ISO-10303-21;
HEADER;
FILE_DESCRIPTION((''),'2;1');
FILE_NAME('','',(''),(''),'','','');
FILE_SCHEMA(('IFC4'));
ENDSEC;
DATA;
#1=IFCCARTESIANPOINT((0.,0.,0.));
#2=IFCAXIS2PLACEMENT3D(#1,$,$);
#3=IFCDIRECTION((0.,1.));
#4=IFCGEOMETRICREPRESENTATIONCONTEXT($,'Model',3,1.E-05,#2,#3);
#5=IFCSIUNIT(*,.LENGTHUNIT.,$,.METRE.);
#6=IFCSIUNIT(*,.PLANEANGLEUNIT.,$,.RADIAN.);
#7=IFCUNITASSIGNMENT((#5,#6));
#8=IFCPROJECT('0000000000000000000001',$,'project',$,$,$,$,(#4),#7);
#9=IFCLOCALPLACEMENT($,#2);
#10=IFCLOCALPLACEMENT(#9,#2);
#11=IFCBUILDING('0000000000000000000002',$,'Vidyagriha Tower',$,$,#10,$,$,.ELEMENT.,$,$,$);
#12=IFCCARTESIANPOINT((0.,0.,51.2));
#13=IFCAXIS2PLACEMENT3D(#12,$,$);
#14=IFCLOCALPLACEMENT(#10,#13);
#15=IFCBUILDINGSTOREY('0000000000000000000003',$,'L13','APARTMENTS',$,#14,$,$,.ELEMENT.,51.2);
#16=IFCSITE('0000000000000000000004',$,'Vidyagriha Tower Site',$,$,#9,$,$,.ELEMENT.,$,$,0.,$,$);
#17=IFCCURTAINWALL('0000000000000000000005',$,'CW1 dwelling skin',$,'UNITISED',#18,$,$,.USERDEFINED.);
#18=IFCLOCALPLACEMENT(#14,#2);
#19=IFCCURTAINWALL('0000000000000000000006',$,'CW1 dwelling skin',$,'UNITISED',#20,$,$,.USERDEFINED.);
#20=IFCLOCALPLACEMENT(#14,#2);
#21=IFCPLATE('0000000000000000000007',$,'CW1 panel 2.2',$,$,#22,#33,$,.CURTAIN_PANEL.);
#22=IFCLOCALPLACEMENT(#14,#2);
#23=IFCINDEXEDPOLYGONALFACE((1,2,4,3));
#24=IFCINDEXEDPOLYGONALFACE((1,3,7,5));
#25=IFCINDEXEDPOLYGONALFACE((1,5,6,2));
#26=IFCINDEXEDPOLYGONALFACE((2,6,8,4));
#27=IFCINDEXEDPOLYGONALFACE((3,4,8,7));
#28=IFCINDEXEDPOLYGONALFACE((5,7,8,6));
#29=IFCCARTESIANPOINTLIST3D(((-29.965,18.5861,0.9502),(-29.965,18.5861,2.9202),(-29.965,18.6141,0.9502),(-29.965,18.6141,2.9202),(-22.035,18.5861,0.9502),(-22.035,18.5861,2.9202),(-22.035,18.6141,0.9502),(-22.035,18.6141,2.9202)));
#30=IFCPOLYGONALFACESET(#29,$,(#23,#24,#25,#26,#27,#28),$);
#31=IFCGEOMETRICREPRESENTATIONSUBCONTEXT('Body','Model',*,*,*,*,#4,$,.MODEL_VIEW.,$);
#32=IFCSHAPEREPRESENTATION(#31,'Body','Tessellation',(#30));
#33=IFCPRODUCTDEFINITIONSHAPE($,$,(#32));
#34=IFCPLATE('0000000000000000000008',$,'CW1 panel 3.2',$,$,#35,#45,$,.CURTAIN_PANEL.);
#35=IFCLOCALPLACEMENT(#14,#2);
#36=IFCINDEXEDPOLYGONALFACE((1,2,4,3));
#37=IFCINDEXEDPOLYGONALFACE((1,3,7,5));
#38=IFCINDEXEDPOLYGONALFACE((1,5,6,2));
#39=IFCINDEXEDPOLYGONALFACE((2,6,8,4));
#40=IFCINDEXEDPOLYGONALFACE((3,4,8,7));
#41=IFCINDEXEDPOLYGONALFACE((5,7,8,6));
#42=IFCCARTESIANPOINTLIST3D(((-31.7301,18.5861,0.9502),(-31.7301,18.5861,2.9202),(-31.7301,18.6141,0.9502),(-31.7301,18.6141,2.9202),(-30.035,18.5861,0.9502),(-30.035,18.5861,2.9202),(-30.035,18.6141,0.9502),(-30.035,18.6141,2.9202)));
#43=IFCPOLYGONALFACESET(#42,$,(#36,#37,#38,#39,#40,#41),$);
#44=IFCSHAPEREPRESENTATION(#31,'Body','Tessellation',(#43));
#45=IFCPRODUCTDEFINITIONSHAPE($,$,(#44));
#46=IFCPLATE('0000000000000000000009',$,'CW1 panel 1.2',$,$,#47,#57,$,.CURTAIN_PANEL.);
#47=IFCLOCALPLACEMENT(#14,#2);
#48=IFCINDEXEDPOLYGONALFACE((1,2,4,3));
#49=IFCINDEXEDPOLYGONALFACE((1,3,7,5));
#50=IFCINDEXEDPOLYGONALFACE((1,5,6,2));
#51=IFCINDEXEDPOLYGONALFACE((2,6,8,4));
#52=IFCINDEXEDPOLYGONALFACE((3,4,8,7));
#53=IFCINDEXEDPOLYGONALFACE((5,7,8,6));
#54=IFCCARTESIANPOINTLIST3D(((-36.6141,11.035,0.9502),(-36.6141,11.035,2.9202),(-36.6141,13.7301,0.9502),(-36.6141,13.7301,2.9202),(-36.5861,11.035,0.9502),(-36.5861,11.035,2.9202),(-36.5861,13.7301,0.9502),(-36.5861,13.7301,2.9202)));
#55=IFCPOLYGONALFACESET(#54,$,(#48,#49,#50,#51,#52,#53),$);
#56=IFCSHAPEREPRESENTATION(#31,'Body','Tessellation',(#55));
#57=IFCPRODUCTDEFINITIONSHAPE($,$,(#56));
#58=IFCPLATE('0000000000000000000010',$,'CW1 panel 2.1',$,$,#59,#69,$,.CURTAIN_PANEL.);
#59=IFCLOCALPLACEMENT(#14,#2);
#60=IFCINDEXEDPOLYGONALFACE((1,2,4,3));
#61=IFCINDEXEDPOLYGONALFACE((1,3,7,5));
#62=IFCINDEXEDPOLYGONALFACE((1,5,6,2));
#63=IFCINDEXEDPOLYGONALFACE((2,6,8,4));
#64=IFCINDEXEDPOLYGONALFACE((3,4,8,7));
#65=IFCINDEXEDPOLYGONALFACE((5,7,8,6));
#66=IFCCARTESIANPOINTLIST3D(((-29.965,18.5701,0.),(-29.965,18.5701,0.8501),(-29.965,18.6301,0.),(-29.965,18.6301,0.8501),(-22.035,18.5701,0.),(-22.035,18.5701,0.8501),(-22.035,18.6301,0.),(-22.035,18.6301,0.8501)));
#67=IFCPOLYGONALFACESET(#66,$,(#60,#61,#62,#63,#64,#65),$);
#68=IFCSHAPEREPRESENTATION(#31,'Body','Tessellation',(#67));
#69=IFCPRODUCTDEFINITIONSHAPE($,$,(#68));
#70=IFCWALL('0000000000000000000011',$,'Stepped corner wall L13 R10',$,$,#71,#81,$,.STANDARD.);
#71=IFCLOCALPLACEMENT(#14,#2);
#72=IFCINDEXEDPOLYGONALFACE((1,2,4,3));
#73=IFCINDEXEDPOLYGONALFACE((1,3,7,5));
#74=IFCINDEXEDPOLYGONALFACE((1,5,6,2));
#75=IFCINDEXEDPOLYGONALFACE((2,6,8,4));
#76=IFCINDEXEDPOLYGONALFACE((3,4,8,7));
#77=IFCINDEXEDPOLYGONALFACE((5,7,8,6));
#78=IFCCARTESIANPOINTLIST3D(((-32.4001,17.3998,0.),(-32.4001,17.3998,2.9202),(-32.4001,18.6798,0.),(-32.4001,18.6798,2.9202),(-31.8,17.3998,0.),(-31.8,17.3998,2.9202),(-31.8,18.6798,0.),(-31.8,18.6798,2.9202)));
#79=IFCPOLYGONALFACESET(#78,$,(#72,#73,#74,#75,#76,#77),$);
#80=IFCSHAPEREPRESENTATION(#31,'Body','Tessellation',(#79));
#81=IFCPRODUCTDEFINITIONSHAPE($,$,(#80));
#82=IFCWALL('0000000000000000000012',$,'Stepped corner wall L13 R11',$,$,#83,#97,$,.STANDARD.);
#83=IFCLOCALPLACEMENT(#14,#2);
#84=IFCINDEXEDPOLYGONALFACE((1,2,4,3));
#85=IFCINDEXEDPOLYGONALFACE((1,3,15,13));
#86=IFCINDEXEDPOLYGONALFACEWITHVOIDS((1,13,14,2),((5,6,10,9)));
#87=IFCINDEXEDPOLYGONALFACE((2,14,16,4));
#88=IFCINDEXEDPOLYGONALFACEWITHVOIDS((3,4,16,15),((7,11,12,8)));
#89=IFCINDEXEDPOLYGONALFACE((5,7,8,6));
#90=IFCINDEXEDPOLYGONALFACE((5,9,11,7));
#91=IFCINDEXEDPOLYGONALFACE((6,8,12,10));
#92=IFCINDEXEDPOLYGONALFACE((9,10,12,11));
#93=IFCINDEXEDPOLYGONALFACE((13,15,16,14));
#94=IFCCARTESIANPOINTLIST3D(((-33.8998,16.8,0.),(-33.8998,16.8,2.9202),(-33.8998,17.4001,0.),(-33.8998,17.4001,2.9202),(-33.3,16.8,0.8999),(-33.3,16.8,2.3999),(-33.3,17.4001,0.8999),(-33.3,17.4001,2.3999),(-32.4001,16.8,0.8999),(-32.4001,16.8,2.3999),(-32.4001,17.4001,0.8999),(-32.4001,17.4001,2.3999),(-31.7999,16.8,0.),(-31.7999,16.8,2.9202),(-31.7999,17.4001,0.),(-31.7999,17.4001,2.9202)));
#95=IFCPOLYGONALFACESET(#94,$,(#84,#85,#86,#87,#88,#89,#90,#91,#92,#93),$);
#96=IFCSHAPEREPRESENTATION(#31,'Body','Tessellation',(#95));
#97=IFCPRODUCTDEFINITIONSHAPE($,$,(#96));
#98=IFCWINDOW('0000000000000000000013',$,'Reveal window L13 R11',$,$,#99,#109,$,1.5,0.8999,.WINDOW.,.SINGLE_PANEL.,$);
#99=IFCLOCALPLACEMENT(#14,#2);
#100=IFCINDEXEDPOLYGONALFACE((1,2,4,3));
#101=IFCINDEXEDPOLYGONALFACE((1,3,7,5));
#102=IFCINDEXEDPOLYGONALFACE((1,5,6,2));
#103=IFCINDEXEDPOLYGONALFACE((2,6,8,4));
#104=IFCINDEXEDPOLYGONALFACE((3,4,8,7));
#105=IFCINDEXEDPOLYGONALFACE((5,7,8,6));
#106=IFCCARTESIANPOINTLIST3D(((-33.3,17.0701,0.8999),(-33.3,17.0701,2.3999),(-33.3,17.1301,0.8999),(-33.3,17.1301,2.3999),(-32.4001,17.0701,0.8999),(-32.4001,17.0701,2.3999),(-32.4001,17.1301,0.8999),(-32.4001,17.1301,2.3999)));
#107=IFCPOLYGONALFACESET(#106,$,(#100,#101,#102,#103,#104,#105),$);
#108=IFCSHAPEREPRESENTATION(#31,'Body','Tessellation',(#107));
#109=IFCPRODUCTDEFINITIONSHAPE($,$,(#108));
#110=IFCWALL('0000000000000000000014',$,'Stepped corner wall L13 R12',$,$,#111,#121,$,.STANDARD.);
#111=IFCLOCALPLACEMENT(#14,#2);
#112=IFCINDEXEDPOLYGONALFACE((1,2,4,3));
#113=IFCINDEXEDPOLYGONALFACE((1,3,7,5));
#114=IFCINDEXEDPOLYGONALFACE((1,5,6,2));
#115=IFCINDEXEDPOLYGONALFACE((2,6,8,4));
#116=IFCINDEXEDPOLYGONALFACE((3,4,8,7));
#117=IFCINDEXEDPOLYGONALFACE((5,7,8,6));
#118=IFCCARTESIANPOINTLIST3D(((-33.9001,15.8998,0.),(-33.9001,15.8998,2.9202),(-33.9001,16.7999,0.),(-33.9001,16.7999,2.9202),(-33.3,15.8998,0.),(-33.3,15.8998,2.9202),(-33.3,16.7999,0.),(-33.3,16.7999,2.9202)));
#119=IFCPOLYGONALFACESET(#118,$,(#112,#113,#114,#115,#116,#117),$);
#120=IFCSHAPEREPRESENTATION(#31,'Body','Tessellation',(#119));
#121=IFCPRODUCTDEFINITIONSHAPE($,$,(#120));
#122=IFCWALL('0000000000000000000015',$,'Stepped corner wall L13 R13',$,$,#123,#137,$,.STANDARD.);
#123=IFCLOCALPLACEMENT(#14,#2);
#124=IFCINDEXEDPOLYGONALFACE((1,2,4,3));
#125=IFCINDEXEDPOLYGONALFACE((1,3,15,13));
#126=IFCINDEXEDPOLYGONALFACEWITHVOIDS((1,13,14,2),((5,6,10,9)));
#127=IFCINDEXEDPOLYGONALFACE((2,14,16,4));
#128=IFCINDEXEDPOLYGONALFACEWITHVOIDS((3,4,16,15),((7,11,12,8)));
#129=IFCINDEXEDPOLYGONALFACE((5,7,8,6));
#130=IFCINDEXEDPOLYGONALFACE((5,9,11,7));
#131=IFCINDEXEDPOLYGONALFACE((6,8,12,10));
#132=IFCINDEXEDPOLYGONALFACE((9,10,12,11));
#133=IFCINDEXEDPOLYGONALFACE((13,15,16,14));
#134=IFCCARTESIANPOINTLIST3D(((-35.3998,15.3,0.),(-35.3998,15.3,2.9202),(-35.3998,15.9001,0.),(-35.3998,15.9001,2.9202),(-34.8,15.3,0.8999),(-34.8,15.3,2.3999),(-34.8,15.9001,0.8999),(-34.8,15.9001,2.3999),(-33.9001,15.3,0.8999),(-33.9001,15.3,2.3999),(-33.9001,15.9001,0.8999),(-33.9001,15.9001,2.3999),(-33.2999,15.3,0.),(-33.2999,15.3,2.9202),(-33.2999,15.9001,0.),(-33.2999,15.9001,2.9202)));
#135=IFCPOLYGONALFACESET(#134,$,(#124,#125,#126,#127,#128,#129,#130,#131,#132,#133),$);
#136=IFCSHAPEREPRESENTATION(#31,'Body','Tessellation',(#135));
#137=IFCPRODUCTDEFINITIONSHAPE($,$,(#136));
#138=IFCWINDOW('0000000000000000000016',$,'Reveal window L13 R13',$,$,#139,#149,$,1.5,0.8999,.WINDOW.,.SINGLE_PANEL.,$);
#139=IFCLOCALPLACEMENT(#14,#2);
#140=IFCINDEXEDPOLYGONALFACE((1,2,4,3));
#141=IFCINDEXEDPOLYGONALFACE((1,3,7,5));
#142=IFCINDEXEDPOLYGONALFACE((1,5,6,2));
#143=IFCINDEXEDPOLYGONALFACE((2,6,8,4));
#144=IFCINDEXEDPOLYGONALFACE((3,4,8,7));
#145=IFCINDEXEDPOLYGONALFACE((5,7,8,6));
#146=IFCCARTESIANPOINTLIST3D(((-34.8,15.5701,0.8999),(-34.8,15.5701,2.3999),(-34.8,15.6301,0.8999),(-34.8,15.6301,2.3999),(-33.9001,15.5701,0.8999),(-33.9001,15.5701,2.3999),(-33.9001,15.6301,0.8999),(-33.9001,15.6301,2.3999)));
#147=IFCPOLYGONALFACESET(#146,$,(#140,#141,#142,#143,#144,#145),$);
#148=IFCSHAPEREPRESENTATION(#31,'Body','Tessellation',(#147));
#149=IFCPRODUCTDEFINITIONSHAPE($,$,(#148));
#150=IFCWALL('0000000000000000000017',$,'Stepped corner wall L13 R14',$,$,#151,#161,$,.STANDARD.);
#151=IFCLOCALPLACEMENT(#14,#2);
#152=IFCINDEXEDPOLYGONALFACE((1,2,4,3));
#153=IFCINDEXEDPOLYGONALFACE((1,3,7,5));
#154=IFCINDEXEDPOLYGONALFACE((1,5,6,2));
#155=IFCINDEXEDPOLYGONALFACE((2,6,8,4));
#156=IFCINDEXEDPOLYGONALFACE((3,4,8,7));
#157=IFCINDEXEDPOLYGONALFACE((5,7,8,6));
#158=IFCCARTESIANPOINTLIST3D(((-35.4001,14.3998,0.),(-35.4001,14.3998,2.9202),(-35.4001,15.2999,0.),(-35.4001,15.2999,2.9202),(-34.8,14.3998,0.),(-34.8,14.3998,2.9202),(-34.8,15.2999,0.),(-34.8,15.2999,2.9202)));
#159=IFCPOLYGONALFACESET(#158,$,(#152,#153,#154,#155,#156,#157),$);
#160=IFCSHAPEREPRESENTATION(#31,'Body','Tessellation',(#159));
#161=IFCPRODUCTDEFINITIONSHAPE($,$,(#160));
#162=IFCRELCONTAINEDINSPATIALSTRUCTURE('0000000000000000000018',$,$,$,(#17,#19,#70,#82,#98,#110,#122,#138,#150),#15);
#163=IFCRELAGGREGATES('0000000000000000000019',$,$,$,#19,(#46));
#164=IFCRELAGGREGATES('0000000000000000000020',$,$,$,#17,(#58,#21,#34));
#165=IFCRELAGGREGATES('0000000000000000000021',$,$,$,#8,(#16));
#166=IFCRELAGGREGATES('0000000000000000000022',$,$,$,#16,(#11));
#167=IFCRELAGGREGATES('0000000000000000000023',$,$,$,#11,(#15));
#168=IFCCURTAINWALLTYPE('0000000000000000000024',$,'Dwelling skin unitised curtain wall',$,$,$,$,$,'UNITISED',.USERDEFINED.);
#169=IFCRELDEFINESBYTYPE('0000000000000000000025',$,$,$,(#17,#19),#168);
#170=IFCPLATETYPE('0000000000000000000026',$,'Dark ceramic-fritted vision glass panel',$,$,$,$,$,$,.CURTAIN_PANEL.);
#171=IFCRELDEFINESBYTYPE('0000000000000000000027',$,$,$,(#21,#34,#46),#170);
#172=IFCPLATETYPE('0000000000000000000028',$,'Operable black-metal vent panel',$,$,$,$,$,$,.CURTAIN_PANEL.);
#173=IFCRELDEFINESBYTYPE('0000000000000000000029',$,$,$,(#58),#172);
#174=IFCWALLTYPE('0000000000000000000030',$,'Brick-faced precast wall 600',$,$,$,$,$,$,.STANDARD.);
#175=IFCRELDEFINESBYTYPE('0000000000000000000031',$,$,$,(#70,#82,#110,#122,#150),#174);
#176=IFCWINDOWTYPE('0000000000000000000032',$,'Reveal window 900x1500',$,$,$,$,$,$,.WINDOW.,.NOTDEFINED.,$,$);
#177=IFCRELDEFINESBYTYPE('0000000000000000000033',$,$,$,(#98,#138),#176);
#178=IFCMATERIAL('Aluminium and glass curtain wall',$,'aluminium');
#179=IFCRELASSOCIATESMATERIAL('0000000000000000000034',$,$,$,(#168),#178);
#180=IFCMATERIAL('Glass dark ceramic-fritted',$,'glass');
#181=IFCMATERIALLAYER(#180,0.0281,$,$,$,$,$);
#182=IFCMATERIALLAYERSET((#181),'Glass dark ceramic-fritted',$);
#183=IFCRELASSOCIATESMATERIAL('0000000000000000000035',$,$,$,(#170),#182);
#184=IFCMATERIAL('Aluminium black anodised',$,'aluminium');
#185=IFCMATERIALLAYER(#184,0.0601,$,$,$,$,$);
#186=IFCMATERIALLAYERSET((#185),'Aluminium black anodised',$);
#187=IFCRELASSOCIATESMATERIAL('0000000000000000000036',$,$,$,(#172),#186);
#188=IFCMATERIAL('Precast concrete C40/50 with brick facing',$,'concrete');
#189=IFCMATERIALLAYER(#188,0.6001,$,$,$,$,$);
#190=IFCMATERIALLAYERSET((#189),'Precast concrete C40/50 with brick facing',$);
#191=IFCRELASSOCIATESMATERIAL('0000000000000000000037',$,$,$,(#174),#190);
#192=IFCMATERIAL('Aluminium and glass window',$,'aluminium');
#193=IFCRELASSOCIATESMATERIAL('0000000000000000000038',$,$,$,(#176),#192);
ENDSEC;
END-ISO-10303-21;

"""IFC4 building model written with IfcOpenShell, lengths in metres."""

from ifc_helpers import new_model, si_unit, direction, frame, frame_2d, origin, origin_2d, place, context, subcontext, project, spatial, rectangle, extrude, material, layer, layer_set, type_object, element, fill, aggregate, save


model = new_model("IFC4")

# Units and contexts
model_context = context("Model", 3, precision=1e-05, world=origin(), true_north=direction((0.0, 1.0)))
body_context = subcontext(model_context, "Body", "Model", "MODEL_VIEW")
ifc_project = project(units=[si_unit("LENGTHUNIT", "METRE"), si_unit("PLANEANGLEUNIT", "RADIAN")], contexts=[model_context])

# Site, building, storey
site_placement = place(None, origin())
site = spatial("IfcSite", under=ifc_project, at=site_placement, Name="Vidyagriha Tower Site", CompositionType="ELEMENT", RefElevation=0.0)
building_placement = place(site_placement, origin())
building = spatial("IfcBuilding", under=site, at=building_placement, Name="Vidyagriha Tower", CompositionType="ELEMENT")
storey_placement = place(building_placement, frame((0.0, 0.0, 51.2)))
storey = spatial("IfcBuildingStorey", under=building, at=storey_placement, Name="L13", Description="APARTMENTS", CompositionType="ELEMENT", Elevation=51.2)

# Curtain wall
ifc_material_1 = material(Name="Aluminium and glass curtain wall", Category="aluminium")
curtain_wall_type = type_object("IfcCurtainWallType", Name="Dwelling skin unitised curtain wall", ElementType="UNITISED", PredefinedType="USERDEFINED", material=ifc_material_1)
curtain_wall_1_placement = place(storey_placement, origin())
curtain_wall_1 = element("IfcCurtainWall", 1, at=curtain_wall_1_placement, inside=storey, type_object=curtain_wall_type, Name="CW1 dwelling skin", ObjectType="UNITISED", PredefinedType="USERDEFINED")

# Curtain wall
curtain_wall_2_placement = place(storey_placement, origin())
curtain_wall_2 = element("IfcCurtainWall", 2, at=curtain_wall_2_placement, inside=storey, type_object=curtain_wall_type, Name="CW1 dwelling skin", ObjectType="UNITISED", PredefinedType="USERDEFINED")

# Plates
ifc_material_2 = material(Name="Glass dark ceramic-fritted", Category="glass")
ifc_layer_1 = layer(ifc_material_2, 0.0281)
ifc_layer_set_1 = layer_set([ifc_layer_1], Name="Glass dark ceramic-fritted")
plate_type_1 = type_object("IfcPlateType", Name="Dark ceramic-fritted vision glass panel", PredefinedType="CURTAIN_PANEL", material=ifc_layer_set_1)
plate_1_placement = place(storey_placement, frame((-26.0, 18.6001, 0.9502), z_axis=(0.0, 0.0, 1.0), x_axis=(-1.0, 0.0, 0.0)))
plate_1 = element("IfcPlate", 3, at=plate_1_placement, type_object=plate_type_1, Name="CW1 panel 2.2", PredefinedType="CURTAIN_PANEL", context=body_context, shape_type="SweptSolid", body=[
    extrude(rectangle(XDim=7.9299, YDim=0.0281, at=origin_2d()), origin(), (0.0, 0.0, 1.0), 1.97),
])
plate_2_placement = place(storey_placement, frame((-30.8826, 18.6001, 0.9502), z_axis=(0.0, 0.0, 1.0), x_axis=(-1.0, 0.0, 0.0)))
plate_2 = element("IfcPlate", 4, at=plate_2_placement, type_object=plate_type_1, Name="CW1 panel 3.2", PredefinedType="CURTAIN_PANEL", context=body_context, shape_type="SweptSolid", body=[
    extrude(rectangle(XDim=1.6951, YDim=0.0281, at=origin_2d()), origin(), (0.0, 0.0, 1.0), 1.97),
])
plate_3_placement = place(storey_placement, frame((-36.6001, 12.3826, 0.9502), z_axis=(0.0, 0.0, 1.0), x_axis=(0.0, -1.0, 0.0)))
plate_3 = element("IfcPlate", 5, at=plate_3_placement, type_object=plate_type_1, Name="CW1 panel 1.2", PredefinedType="CURTAIN_PANEL", context=body_context, shape_type="SweptSolid", body=[
    extrude(rectangle(XDim=2.6951, YDim=0.0281, at=origin_2d()), origin(), (0.0, 0.0, 1.0), 1.97),
])
aggregate(curtain_wall_2, [plate_3])
ifc_material_3 = material(Name="Aluminium black anodised", Category="aluminium")
ifc_layer_2 = layer(ifc_material_3, 0.0601)
ifc_layer_set_2 = layer_set([ifc_layer_2], Name="Aluminium black anodised")
plate_type_2 = type_object("IfcPlateType", Name="Operable black-metal vent panel", PredefinedType="CURTAIN_PANEL", material=ifc_layer_set_2)
plate_4_placement = place(storey_placement, frame((-26.0, 18.6001, 0.0), z_axis=(0.0, 0.0, 1.0), x_axis=(-1.0, 0.0, 0.0)))
plate_4 = element("IfcPlate", 6, at=plate_4_placement, type_object=plate_type_2, Name="CW1 panel 2.1", PredefinedType="CURTAIN_PANEL", context=body_context, shape_type="SweptSolid", body=[
    extrude(rectangle(XDim=7.9299, YDim=0.0601, at=origin_2d()), origin(), (0.0, 0.0, 1.0), 0.8501),
])
aggregate(curtain_wall_1, [plate_4, plate_1, plate_2])

# Wall
ifc_material_4 = material(Name="Precast concrete C40/50 with brick facing", Category="concrete")
ifc_layer_3 = layer(ifc_material_4, 0.6001)
ifc_layer_set_3 = layer_set([ifc_layer_3], Name="Precast concrete C40/50 with brick facing")
wall_type_1 = type_object("IfcWallType", Name="Brick-faced precast wall 600", PredefinedType="STANDARD", material=ifc_layer_set_3)
wall_1_placement = place(storey_placement, frame((-32.1001, 18.6799, 0.0), z_axis=(0.0, 0.0, 1.0), x_axis=(0.0, -1.0, 0.0)))
element("IfcWall", 7, at=wall_1_placement, inside=storey, type_object=wall_type_1, Name="Stepped corner wall L13 R10", PredefinedType="STANDARD", context=body_context, shape_type="SweptSolid", body=[
    extrude(rectangle(XDim=1.28, YDim=0.6001, at=frame_2d((0.6401, 0.0))), origin(), (0.0, 0.0, 1.0), 2.9202),
])

# Wall, opening, window
wall_2_placement = place(storey_placement, frame((-31.8, 17.1001, 0.0), z_axis=(0.0, 0.0, 1.0), x_axis=(-1.0, 0.0, 0.0)))
wall_2 = element("IfcWall", 8, at=wall_2_placement, inside=storey, type_object=wall_type_1, Name="Stepped corner wall L13 R11", PredefinedType="STANDARD", context=body_context, shape_type="SweptSolid", body=[
    extrude(rectangle(XDim=2.0999, YDim=0.6001, at=frame_2d((1.0498, 0.0))), origin(), (0.0, 0.0, 1.0), 2.9202),
])
opening_1_placement = place(wall_2_placement, frame((0.6001, 0.0, 0.8999)))
opening_1 = element("IfcOpeningElement", 9, at=opening_1_placement, cuts=wall_2, PredefinedType="OPENING", context=body_context, shape_type="SweptSolid", body=[
    extrude(rectangle(XDim=0.8999, YDim=1.5, at=frame_2d((0.45, 0.75))), frame((0.0, 0.3101, 0.0), z_axis=(0.0, -1.0, 0.0), x_axis=(1.0, 0.0, 0.0)), (0.0, 0.0, 1.0), 0.6201),
])
ifc_material_5 = material(Name="Aluminium and glass window", Category="aluminium")
window_type = type_object("IfcWindowType", Name="Reveal window 900x1500", PartitioningType="NOTDEFINED", PredefinedType="WINDOW", material=ifc_material_5)
window_1_placement = place(opening_1_placement, origin())
window_1 = element("IfcWindow", 10, at=window_1_placement, inside=storey, type_object=window_type, Name="Reveal window L13 R11", OverallHeight=1.5, OverallWidth=0.8999, PartitioningType="SINGLE_PANEL", PredefinedType="WINDOW", context=body_context, shape_type="SweptSolid", body=[
    extrude(rectangle(XDim=0.8999, YDim=1.5, at=frame_2d((0.45, 0.75))), frame((0.0, 0.03, 0.0), z_axis=(0.0, -1.0, 0.0), x_axis=(1.0, 0.0, 0.0)), (0.0, 0.0, 1.0), 0.0601),
])
fill(opening_1, window_1)

# Wall
wall_3_placement = place(storey_placement, frame((-33.6001, 16.8, 0.0), z_axis=(0.0, 0.0, 1.0), x_axis=(0.0, -1.0, 0.0)))
element("IfcWall", 11, at=wall_3_placement, inside=storey, type_object=wall_type_1, Name="Stepped corner wall L13 R12", PredefinedType="STANDARD", context=body_context, shape_type="SweptSolid", body=[
    extrude(rectangle(XDim=0.9001, YDim=0.6001, at=frame_2d((0.4502, 0.0))), origin(), (0.0, 0.0, 1.0), 2.9202),
])

# Wall, opening, window
wall_4_placement = place(storey_placement, frame((-33.3, 15.6001, 0.0), z_axis=(0.0, 0.0, 1.0), x_axis=(-1.0, 0.0, 0.0)))
wall_4 = element("IfcWall", 12, at=wall_4_placement, inside=storey, type_object=wall_type_1, Name="Stepped corner wall L13 R13", PredefinedType="STANDARD", context=body_context, shape_type="SweptSolid", body=[
    extrude(rectangle(XDim=2.0999, YDim=0.6001, at=frame_2d((1.0498, 0.0))), origin(), (0.0, 0.0, 1.0), 2.9202),
])
opening_2_placement = place(wall_4_placement, frame((0.6001, 0.0, 0.8999)))
opening_2 = element("IfcOpeningElement", 13, at=opening_2_placement, cuts=wall_4, PredefinedType="OPENING", context=body_context, shape_type="SweptSolid", body=[
    extrude(rectangle(XDim=0.8999, YDim=1.5, at=frame_2d((0.45, 0.75))), frame((0.0, 0.3101, 0.0), z_axis=(0.0, -1.0, 0.0), x_axis=(1.0, 0.0, 0.0)), (0.0, 0.0, 1.0), 0.6201),
])
window_2_placement = place(opening_2_placement, origin())
window_2 = element("IfcWindow", 14, at=window_2_placement, inside=storey, type_object=window_type, Name="Reveal window L13 R13", OverallHeight=1.5, OverallWidth=0.8999, PartitioningType="SINGLE_PANEL", PredefinedType="WINDOW", context=body_context, shape_type="SweptSolid", body=[
    extrude(rectangle(XDim=0.8999, YDim=1.5, at=frame_2d((0.45, 0.75))), frame((0.0, 0.03, 0.0), z_axis=(0.0, -1.0, 0.0), x_axis=(1.0, 0.0, 0.0)), (0.0, 0.0, 1.0), 0.0601),
])
fill(opening_2, window_2)

# Wall
wall_5_placement = place(storey_placement, frame((-35.1001, 15.3, 0.0), z_axis=(0.0, 0.0, 1.0), x_axis=(0.0, -1.0, 0.0)))
element("IfcWall", 15, at=wall_5_placement, inside=storey, type_object=wall_type_1, Name="Stepped corner wall L13 R14", PredefinedType="STANDARD", context=body_context, shape_type="SweptSolid", body=[
    extrude(rectangle(XDim=0.9001, YDim=0.6001, at=frame_2d((0.4502, 0.0))), origin(), (0.0, 0.0, 1.0), 2.9202),
])

save(model, "model.ifc")
